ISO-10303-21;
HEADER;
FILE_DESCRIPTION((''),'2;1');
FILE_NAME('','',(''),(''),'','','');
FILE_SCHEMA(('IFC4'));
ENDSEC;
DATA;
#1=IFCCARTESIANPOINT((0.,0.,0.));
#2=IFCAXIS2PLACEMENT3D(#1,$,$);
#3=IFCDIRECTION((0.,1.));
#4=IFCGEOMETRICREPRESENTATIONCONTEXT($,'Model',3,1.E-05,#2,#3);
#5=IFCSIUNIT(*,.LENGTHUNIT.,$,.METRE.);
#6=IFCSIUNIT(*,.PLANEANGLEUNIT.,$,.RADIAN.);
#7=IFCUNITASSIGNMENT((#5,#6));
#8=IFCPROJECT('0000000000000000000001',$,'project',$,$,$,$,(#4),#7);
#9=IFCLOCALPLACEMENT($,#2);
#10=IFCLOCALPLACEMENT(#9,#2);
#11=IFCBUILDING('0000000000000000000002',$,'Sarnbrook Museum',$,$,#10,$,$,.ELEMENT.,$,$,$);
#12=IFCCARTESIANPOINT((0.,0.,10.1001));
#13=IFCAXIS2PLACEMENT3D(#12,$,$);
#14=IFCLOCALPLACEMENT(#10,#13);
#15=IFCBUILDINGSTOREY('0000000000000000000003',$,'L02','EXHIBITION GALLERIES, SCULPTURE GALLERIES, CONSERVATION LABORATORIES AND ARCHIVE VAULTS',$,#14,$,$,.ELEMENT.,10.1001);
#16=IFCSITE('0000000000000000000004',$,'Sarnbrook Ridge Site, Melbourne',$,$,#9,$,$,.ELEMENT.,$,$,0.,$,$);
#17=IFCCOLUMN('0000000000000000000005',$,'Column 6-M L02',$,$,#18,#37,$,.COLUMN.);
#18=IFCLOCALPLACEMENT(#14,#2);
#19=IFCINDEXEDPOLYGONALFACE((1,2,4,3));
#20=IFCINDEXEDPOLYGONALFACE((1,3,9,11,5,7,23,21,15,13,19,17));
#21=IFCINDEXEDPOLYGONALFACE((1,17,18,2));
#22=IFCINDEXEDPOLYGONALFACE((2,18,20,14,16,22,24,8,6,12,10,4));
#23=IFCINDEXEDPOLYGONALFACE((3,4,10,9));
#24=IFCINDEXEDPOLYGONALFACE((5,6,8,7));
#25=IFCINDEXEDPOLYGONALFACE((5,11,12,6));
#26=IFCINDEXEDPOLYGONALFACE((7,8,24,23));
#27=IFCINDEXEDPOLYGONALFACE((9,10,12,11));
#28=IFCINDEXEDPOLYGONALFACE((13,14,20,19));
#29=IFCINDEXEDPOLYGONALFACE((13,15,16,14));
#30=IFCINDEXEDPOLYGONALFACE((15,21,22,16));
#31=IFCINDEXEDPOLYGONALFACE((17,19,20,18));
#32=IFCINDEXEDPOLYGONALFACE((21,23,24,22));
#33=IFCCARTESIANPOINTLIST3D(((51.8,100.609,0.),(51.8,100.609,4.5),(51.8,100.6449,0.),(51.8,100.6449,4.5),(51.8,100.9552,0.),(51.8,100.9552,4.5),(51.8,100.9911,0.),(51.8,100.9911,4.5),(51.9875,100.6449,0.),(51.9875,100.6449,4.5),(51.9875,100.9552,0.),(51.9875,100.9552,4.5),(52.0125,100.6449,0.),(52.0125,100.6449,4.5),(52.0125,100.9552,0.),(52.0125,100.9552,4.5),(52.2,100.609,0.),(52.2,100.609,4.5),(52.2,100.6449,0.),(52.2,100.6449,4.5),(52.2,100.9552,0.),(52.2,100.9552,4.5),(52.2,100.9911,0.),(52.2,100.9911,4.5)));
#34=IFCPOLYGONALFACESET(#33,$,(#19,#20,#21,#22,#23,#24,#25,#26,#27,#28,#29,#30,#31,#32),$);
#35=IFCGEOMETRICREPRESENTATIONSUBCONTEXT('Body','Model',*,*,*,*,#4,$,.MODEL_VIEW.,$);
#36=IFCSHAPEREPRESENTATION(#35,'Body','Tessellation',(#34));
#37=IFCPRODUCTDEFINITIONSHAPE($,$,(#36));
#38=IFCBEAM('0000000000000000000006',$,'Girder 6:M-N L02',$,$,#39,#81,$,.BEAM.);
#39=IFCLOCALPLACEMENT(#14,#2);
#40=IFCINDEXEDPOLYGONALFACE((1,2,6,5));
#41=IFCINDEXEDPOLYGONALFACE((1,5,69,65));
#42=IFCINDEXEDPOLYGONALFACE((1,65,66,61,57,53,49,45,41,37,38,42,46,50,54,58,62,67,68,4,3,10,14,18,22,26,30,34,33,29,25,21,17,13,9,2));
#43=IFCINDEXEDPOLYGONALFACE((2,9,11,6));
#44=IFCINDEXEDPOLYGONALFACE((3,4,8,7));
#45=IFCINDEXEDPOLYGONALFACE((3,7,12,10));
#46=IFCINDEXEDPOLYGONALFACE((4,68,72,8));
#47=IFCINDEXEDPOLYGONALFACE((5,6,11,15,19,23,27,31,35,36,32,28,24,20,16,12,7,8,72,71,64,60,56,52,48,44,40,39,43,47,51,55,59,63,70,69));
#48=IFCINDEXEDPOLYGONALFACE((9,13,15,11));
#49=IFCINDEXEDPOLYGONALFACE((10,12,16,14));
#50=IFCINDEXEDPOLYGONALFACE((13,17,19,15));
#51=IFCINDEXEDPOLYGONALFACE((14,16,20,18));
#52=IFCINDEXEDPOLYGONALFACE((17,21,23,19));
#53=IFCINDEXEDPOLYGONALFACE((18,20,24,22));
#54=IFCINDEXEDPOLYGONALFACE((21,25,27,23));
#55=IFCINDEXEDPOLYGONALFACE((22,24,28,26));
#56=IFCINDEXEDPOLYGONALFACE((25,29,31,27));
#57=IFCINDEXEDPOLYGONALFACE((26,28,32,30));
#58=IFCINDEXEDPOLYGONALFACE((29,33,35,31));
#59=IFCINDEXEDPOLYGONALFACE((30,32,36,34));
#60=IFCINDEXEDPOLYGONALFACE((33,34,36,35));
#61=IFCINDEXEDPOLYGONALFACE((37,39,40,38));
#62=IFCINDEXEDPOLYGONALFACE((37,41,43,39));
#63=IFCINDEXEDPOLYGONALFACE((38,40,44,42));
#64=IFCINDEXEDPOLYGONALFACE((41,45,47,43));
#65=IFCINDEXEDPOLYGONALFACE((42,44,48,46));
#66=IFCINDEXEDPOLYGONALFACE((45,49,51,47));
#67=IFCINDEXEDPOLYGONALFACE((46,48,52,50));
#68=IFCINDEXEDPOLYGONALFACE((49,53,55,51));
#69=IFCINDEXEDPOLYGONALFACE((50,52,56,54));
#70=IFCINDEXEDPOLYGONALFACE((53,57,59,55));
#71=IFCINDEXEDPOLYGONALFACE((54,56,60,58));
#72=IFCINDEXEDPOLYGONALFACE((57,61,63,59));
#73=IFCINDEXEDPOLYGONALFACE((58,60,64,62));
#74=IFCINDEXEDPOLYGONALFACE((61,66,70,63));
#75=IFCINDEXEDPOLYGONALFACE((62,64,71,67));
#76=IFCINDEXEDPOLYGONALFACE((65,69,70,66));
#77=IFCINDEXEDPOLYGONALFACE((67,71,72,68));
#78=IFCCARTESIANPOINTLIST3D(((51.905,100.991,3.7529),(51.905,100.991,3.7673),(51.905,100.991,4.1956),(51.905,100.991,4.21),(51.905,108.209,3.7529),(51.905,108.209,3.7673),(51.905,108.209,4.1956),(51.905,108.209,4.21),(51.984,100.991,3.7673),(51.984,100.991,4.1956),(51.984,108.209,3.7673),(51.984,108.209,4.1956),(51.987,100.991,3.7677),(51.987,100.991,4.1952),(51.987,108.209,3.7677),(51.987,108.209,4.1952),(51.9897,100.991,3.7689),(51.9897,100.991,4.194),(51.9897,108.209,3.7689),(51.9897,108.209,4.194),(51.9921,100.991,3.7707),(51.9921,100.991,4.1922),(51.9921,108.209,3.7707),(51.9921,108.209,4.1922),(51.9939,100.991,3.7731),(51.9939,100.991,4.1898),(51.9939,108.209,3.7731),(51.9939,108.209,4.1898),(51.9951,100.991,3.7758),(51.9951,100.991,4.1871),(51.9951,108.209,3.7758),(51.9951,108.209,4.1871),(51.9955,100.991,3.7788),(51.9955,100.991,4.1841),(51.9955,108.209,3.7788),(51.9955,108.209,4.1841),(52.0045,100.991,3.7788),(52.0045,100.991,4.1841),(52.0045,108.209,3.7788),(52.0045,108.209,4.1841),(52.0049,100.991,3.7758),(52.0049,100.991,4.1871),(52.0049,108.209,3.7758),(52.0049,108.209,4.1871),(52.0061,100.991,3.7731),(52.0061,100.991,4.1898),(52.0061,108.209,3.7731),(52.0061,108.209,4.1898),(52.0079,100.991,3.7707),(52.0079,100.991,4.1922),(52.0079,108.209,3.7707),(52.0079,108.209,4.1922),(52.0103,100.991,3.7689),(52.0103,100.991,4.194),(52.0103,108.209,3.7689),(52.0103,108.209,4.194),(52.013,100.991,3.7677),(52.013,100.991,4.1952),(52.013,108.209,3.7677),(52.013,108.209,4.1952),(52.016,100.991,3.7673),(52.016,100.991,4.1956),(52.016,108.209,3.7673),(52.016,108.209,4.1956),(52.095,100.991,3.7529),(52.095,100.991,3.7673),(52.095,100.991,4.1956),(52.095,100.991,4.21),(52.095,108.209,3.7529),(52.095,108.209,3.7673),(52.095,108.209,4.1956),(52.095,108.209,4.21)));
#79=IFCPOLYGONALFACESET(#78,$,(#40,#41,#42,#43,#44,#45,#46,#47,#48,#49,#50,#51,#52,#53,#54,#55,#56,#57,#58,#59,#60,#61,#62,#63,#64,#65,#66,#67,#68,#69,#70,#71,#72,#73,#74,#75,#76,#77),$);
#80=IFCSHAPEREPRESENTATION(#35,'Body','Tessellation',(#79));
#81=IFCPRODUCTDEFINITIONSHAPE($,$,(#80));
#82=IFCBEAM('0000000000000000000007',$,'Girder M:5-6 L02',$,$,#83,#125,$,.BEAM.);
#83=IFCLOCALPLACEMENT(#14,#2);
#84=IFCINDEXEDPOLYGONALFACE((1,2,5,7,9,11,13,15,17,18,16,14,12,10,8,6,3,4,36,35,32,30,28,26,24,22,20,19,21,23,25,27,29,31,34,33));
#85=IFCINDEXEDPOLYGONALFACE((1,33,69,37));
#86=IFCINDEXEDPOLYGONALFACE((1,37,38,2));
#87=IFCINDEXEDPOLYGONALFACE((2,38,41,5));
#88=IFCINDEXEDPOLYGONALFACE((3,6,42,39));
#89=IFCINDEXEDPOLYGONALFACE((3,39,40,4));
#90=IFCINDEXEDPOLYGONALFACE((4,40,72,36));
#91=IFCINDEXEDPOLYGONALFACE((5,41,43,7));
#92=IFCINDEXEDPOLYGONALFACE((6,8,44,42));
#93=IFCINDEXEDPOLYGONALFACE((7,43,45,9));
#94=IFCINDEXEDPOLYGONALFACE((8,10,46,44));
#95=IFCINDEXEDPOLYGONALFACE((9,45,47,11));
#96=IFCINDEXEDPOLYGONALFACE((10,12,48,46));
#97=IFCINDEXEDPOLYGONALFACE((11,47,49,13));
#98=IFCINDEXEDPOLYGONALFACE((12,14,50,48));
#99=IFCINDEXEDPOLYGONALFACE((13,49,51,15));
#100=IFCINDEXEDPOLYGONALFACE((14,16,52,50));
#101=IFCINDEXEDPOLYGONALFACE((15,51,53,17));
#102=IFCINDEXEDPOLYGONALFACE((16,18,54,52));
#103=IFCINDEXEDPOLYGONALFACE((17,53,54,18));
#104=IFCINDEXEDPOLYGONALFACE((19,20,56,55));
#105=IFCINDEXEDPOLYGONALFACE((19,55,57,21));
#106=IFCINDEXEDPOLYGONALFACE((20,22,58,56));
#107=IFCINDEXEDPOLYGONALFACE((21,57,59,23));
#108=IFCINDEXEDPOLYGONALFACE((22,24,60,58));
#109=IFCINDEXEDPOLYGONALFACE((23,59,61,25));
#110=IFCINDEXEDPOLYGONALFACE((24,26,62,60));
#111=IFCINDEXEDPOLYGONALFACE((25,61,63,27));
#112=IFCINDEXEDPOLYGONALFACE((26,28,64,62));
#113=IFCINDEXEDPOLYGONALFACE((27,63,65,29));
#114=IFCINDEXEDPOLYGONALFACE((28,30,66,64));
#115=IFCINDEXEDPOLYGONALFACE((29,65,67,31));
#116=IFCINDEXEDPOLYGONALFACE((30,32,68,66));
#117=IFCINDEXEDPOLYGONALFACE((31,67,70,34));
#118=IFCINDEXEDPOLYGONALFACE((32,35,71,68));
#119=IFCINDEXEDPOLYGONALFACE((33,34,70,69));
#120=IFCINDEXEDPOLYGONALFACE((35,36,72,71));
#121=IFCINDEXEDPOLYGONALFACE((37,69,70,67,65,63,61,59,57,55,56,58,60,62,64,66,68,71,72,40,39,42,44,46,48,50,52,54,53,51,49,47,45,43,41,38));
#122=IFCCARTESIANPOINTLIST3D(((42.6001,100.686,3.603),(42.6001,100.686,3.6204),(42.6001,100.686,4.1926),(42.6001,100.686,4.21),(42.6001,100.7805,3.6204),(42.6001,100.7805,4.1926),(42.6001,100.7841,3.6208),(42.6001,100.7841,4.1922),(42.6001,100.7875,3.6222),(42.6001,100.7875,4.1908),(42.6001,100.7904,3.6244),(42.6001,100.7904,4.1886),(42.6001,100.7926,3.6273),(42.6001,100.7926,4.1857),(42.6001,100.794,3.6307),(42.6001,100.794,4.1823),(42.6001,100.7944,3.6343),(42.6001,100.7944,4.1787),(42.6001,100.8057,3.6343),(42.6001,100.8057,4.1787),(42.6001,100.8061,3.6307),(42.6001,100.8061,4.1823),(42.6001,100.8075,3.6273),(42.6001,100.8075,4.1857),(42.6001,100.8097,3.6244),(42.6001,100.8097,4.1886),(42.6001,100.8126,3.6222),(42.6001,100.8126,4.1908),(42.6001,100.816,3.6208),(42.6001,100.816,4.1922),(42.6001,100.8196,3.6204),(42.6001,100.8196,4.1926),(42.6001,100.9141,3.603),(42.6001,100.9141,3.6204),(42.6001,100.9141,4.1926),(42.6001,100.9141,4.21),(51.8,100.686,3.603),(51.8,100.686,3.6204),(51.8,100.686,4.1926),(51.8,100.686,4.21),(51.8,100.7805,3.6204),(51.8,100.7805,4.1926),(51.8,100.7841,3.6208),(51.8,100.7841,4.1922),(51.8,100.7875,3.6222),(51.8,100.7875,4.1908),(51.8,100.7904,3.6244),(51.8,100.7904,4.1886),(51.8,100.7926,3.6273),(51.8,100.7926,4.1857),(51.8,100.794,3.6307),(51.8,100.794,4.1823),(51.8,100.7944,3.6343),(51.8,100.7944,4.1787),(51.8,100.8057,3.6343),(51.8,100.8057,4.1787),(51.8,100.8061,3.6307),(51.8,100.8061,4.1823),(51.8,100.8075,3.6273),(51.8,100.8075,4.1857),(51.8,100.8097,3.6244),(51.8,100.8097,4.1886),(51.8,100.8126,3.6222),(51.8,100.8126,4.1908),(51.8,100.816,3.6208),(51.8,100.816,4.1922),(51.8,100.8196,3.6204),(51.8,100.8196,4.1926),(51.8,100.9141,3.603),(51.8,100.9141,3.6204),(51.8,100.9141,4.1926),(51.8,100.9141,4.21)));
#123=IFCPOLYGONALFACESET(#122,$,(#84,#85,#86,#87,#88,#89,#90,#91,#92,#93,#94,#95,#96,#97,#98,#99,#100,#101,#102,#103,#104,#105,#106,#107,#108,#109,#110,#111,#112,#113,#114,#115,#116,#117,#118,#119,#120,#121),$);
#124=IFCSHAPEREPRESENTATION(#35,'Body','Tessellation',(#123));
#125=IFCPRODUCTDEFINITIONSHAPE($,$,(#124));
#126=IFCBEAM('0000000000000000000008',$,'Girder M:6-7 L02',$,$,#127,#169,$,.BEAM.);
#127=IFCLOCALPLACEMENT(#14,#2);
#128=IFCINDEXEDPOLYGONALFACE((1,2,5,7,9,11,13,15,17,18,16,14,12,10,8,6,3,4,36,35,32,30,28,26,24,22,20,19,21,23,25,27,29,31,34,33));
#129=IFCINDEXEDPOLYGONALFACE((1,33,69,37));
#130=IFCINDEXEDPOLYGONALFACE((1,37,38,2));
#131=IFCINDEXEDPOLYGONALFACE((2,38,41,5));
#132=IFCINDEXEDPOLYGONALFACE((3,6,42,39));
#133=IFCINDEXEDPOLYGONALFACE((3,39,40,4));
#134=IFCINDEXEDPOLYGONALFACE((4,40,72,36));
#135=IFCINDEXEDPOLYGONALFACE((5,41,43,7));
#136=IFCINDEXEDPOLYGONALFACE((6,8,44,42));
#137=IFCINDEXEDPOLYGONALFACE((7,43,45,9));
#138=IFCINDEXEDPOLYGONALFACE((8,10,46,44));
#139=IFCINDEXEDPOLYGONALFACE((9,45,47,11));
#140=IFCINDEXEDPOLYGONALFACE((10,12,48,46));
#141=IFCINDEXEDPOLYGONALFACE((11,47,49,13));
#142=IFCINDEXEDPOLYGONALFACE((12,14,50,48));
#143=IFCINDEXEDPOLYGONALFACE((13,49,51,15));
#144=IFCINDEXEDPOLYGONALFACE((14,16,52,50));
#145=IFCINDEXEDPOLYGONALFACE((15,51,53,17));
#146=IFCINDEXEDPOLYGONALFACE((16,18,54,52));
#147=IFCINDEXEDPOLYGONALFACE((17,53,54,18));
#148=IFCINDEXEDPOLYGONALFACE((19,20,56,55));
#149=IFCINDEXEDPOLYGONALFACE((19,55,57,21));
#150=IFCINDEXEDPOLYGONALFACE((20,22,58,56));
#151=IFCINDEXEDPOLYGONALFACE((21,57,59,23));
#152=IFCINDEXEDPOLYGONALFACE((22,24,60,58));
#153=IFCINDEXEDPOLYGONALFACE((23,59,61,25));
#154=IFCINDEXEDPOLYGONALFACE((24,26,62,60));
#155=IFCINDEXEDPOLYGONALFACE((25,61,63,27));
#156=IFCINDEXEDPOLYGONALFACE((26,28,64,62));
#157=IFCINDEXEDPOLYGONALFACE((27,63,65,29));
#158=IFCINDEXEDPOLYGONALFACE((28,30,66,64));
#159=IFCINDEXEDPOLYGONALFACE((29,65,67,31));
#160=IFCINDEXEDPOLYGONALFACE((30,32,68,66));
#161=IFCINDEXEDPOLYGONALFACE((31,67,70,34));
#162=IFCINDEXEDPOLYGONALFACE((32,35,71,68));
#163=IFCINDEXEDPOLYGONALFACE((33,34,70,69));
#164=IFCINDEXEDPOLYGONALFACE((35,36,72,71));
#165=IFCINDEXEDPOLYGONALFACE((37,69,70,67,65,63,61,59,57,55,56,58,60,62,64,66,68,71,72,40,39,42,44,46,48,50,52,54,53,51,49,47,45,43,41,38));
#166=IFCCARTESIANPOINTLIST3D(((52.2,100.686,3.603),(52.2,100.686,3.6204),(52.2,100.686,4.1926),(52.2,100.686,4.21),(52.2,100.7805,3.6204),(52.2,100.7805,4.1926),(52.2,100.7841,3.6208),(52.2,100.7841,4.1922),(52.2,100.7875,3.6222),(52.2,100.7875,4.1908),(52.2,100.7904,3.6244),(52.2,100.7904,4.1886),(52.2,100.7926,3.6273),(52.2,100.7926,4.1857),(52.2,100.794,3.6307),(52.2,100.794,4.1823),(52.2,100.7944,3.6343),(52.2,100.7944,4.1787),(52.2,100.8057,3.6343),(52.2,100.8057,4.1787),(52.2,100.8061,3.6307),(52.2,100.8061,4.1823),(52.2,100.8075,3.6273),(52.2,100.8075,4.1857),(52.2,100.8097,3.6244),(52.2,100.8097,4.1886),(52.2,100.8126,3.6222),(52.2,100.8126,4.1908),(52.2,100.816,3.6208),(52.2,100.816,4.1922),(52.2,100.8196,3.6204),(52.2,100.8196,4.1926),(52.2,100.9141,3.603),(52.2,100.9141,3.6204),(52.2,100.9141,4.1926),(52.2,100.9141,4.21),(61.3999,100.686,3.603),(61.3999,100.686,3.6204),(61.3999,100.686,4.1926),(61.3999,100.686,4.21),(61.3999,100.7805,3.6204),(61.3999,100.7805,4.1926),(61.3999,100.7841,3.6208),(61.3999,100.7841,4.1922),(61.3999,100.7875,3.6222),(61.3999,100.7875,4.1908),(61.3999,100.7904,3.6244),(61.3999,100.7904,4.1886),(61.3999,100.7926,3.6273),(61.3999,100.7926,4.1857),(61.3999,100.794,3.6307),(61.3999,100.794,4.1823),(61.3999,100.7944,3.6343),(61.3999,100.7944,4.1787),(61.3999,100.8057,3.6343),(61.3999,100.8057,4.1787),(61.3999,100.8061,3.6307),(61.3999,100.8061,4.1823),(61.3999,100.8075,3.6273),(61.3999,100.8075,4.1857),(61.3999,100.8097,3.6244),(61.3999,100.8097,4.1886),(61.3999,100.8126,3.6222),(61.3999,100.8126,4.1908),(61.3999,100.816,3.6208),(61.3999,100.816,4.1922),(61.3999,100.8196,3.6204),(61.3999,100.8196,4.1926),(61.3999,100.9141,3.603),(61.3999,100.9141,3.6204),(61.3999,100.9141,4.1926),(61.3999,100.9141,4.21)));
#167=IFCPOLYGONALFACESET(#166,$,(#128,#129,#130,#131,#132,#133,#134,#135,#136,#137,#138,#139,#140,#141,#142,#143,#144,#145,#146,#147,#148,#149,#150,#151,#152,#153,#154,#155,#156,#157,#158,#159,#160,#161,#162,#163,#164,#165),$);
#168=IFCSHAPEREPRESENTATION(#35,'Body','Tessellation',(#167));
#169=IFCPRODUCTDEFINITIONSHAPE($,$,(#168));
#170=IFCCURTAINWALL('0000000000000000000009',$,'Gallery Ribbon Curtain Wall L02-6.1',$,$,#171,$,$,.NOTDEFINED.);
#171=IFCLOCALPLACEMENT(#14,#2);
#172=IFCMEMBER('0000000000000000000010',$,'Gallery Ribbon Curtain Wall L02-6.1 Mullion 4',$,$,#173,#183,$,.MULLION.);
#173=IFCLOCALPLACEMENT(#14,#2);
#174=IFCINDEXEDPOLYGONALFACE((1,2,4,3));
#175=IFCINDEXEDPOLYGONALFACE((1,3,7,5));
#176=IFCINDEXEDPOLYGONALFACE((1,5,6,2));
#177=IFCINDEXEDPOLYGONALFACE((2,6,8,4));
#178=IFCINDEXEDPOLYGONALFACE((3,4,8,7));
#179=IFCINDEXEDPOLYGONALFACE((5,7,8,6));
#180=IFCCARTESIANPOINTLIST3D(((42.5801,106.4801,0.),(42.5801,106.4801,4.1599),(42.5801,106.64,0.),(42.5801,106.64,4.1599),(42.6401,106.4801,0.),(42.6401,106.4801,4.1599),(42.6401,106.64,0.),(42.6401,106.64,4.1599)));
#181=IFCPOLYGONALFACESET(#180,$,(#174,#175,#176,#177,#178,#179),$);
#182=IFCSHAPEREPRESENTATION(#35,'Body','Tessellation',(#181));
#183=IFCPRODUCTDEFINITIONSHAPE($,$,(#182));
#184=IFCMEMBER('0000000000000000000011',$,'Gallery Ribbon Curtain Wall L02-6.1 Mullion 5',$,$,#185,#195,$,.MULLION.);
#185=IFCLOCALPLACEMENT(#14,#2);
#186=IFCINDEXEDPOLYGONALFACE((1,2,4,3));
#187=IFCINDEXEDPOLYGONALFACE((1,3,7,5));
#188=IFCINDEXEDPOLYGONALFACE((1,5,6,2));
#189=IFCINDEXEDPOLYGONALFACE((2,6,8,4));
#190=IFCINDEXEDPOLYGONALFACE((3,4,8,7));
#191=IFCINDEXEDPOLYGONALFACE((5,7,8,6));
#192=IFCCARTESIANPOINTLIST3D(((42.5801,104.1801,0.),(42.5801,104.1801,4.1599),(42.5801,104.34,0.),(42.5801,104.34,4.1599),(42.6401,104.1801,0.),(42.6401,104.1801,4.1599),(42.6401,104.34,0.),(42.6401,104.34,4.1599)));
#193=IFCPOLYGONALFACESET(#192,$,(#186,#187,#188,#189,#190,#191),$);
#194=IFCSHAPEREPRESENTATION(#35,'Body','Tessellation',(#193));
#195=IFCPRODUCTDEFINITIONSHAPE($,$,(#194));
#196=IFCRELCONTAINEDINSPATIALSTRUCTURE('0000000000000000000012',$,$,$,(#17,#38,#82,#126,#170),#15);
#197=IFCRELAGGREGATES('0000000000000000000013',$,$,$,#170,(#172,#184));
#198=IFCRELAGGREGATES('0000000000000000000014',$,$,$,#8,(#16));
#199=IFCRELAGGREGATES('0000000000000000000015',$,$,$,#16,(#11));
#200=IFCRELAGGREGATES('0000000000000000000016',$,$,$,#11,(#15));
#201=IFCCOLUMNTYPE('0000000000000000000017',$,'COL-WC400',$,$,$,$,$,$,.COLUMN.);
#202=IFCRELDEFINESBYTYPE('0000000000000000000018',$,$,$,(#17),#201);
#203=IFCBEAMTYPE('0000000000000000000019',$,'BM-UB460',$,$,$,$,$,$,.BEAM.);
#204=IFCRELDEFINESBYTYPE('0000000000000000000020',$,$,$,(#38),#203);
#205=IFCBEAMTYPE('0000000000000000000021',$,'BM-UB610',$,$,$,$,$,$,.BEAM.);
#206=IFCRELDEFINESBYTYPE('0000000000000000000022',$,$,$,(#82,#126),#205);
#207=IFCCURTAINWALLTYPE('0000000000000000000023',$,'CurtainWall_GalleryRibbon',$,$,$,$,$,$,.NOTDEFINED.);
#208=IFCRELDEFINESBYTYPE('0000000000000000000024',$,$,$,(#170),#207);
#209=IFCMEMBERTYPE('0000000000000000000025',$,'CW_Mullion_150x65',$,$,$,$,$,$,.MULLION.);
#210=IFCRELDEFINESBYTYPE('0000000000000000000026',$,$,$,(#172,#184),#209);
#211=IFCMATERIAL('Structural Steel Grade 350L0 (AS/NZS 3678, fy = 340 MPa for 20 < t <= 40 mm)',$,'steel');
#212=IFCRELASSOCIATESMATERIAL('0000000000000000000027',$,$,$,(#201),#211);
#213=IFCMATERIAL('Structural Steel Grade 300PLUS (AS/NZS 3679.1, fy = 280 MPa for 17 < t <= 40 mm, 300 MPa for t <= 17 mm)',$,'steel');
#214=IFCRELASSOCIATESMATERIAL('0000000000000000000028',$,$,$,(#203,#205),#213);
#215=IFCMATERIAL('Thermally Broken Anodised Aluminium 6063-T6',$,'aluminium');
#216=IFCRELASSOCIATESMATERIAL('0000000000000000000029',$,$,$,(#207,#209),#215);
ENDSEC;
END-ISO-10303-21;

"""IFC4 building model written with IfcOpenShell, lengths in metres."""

from ifc_helpers import new_model, si_unit, direction, frame, origin, origin_2d, place, context, subcontext, project, spatial, rectangle, i_section, extrude, material, material_profile, profile_set, type_object, element, aggregate, save


model = new_model("IFC4")

# Units and contexts
model_context = context("Model", 3, precision=1e-05, world=origin(), true_north=direction((0.0, 1.0)))
body_context = subcontext(model_context, "Body", "Model", "MODEL_VIEW")
ifc_project = project(units=[si_unit("LENGTHUNIT", "METRE"), si_unit("PLANEANGLEUNIT", "RADIAN")], contexts=[model_context])

# Site, building, storey
site_placement = place(None, origin())
site = spatial("IfcSite", under=ifc_project, at=site_placement, Name="Sarnbrook Ridge Site, Melbourne", CompositionType="ELEMENT", RefElevation=0.0)
building_placement = place(site_placement, origin())
building = spatial("IfcBuilding", under=site, at=building_placement, Name="Sarnbrook Museum", CompositionType="ELEMENT")
storey_placement = place(building_placement, frame((0.0, 0.0, 10.1001)))
storey = spatial("IfcBuildingStorey", under=building, at=storey_placement, Name="L02", Description="EXHIBITION GALLERIES, SCULPTURE GALLERIES, CONSERVATION LABORATORIES AND ARCHIVE VAULTS", CompositionType="ELEMENT", Elevation=10.1001)

# Column
ifc_material_1 = material(Name="Structural Steel Grade 350L0 (AS/NZS 3678, fy = 340 MPa for 20 < t <= 40 mm)", Category="steel")
ifc_material_profile_1 = material_profile(ifc_material_1, i_section(OverallWidth=0.3999, OverallDepth=0.3821, WebThickness=0.0249, FlangeThickness=0.0359, at=origin_2d()), Name="400WC270")
ifc_profile_set_1 = profile_set([ifc_material_profile_1], Name="Structural Steel Grade 350L0 (AS/NZS 3678, fy = 340 MPa for 20 < t <= 40 mm)")
column_type = type_object("IfcColumnType", Name="COL-WC400", PredefinedType="COLUMN", material=ifc_profile_set_1)
column_placement = place(storey_placement, frame((52.0, 100.8, 0.0), z_axis=(0.0, 0.0, 1.0), x_axis=(1.0, 0.0, 0.0)))
element("IfcColumn", 1, at=column_placement, inside=storey, type_object=column_type, Name="Column 6-M L02", PredefinedType="COLUMN", context=body_context, shape_type="SweptSolid", body=[
    extrude(i_section(OverallWidth=0.3999, OverallDepth=0.3821, WebThickness=0.0249, FlangeThickness=0.0359, at=origin_2d()), origin(), (0.0, 0.0, 1.0), 4.5),
])

# Beams
ifc_material_2 = material(Name="Structural Steel Grade 300PLUS (AS/NZS 3679.1, fy = 280 MPa for 17 < t <= 40 mm, 300 MPa for t <= 17 mm)", Category="steel")
ifc_material_profile_2 = material_profile(ifc_material_2, i_section(OverallWidth=0.1899, OverallDepth=0.457, WebThickness=0.009, FlangeThickness=0.0144, FilletRadius=0.0115, at=origin_2d()), Name="460UB74.6")
ifc_profile_set_2 = profile_set([ifc_material_profile_2], Name="Structural Steel Grade 300PLUS (AS/NZS 3679.1, fy = 280 MPa for 17 < t <= 40 mm, 300 MPa for t <= 17 mm)")
beam_type_1 = type_object("IfcBeamType", Name="BM-UB460", PredefinedType="BEAM", material=ifc_profile_set_2)
beam_1_placement = place(storey_placement, frame((52.0, 100.991, 3.9814), z_axis=(0.0, 1.0, 0.0), x_axis=(-1.0, 0.0, 0.0)))
element("IfcBeam", 2, at=beam_1_placement, inside=storey, type_object=beam_type_1, Name="Girder 6:M-N L02", PredefinedType="BEAM", context=body_context, shape_type="SweptSolid", body=[
    extrude(i_section(OverallWidth=0.1899, OverallDepth=0.457, WebThickness=0.009, FlangeThickness=0.0144, FilletRadius=0.0115, at=origin_2d()), origin(), (0.0, 0.0, 1.0), 7.218),
])
ifc_material_profile_3 = material_profile(ifc_material_2, i_section(OverallWidth=0.228, OverallDepth=0.6069, WebThickness=0.0112, FlangeThickness=0.0173, FilletRadius=0.0139, at=origin_2d()), Name="610UB113")
ifc_profile_set_3 = profile_set([ifc_material_profile_3], Name="Structural Steel Grade 300PLUS (AS/NZS 3679.1, fy = 280 MPa for 17 < t <= 40 mm, 300 MPa for t <= 17 mm)")
beam_type_2 = type_object("IfcBeamType", Name="BM-UB610", PredefinedType="BEAM", material=ifc_profile_set_3)
for number, where, z_axis, x_axis, name in (
    (3, (42.6001, 100.8, 3.9065), (1.0, 0.0, 0.0), (0.0, 1.0, 0.0), "Girder M:5-6 L02"),
    (4, (52.2, 100.8, 3.9065), (1.0, 0.0, 0.0), (0.0, 1.0, 0.0), "Girder M:6-7 L02"),
):
    element("IfcBeam", number, at=place(storey_placement, frame(where, z_axis=z_axis, x_axis=x_axis)), inside=storey, type_object=beam_type_2, Name=name, PredefinedType="BEAM", context=body_context, shape_type="SweptSolid", body=[
        extrude(i_section(OverallWidth=0.228, OverallDepth=0.6069, WebThickness=0.0112, FlangeThickness=0.0173, FilletRadius=0.0139, at=origin_2d()), origin(), (0.0, 0.0, 1.0), 9.2),
    ])

# Curtain wall, members
ifc_material_3 = material(Name="Thermally Broken Anodised Aluminium 6063-T6", Category="aluminium")
curtain_wall_type = type_object("IfcCurtainWallType", Name="CurtainWall_GalleryRibbon", PredefinedType="NOTDEFINED", material=ifc_material_3)
curtain_wall_1_placement = place(storey_placement, origin())
curtain_wall_1 = element("IfcCurtainWall", 5, at=curtain_wall_1_placement, inside=storey, type_object=curtain_wall_type, Name="Gallery Ribbon Curtain Wall L02-6.1", PredefinedType="NOTDEFINED")
ifc_material_profile_4 = material_profile(ifc_material_3, rectangle(XDim=0.0601, YDim=0.1599, at=origin_2d()), Name="ALU MULLION 60x160")
ifc_profile_set_4 = profile_set([ifc_material_profile_4], Name="Thermally Broken Anodised Aluminium 6063-T6")
member_type_1 = type_object("IfcMemberType", Name="CW_Mullion_150x65", PredefinedType="MULLION", material=ifc_profile_set_4)
member_1_placement = place(storey_placement, frame((42.6101, 106.5601, 0.0), z_axis=(0.0, 0.0, 1.0), x_axis=(1.0, 0.0, 0.0)))
member_1 = element("IfcMember", 6, at=member_1_placement, type_object=member_type_1, Name="Gallery Ribbon Curtain Wall L02-6.1 Mullion 4", PredefinedType="MULLION", context=body_context, shape_type="SweptSolid", body=[
    extrude(rectangle(XDim=0.0601, YDim=0.1599, at=origin_2d()), origin(), (0.0, 0.0, 1.0), 4.1599),
])
member_2_placement = place(storey_placement, frame((42.6101, 104.26, 0.0), z_axis=(0.0, 0.0, 1.0), x_axis=(1.0, 0.0, 0.0)))
member_2 = element("IfcMember", 7, at=member_2_placement, type_object=member_type_1, Name="Gallery Ribbon Curtain Wall L02-6.1 Mullion 5", PredefinedType="MULLION", context=body_context, shape_type="SweptSolid", body=[
    extrude(rectangle(XDim=0.0601, YDim=0.1599, at=origin_2d()), origin(), (0.0, 0.0, 1.0), 4.1599),
])

aggregate(curtain_wall_1, [member_1, member_2])

save(model, "model.ifc")
